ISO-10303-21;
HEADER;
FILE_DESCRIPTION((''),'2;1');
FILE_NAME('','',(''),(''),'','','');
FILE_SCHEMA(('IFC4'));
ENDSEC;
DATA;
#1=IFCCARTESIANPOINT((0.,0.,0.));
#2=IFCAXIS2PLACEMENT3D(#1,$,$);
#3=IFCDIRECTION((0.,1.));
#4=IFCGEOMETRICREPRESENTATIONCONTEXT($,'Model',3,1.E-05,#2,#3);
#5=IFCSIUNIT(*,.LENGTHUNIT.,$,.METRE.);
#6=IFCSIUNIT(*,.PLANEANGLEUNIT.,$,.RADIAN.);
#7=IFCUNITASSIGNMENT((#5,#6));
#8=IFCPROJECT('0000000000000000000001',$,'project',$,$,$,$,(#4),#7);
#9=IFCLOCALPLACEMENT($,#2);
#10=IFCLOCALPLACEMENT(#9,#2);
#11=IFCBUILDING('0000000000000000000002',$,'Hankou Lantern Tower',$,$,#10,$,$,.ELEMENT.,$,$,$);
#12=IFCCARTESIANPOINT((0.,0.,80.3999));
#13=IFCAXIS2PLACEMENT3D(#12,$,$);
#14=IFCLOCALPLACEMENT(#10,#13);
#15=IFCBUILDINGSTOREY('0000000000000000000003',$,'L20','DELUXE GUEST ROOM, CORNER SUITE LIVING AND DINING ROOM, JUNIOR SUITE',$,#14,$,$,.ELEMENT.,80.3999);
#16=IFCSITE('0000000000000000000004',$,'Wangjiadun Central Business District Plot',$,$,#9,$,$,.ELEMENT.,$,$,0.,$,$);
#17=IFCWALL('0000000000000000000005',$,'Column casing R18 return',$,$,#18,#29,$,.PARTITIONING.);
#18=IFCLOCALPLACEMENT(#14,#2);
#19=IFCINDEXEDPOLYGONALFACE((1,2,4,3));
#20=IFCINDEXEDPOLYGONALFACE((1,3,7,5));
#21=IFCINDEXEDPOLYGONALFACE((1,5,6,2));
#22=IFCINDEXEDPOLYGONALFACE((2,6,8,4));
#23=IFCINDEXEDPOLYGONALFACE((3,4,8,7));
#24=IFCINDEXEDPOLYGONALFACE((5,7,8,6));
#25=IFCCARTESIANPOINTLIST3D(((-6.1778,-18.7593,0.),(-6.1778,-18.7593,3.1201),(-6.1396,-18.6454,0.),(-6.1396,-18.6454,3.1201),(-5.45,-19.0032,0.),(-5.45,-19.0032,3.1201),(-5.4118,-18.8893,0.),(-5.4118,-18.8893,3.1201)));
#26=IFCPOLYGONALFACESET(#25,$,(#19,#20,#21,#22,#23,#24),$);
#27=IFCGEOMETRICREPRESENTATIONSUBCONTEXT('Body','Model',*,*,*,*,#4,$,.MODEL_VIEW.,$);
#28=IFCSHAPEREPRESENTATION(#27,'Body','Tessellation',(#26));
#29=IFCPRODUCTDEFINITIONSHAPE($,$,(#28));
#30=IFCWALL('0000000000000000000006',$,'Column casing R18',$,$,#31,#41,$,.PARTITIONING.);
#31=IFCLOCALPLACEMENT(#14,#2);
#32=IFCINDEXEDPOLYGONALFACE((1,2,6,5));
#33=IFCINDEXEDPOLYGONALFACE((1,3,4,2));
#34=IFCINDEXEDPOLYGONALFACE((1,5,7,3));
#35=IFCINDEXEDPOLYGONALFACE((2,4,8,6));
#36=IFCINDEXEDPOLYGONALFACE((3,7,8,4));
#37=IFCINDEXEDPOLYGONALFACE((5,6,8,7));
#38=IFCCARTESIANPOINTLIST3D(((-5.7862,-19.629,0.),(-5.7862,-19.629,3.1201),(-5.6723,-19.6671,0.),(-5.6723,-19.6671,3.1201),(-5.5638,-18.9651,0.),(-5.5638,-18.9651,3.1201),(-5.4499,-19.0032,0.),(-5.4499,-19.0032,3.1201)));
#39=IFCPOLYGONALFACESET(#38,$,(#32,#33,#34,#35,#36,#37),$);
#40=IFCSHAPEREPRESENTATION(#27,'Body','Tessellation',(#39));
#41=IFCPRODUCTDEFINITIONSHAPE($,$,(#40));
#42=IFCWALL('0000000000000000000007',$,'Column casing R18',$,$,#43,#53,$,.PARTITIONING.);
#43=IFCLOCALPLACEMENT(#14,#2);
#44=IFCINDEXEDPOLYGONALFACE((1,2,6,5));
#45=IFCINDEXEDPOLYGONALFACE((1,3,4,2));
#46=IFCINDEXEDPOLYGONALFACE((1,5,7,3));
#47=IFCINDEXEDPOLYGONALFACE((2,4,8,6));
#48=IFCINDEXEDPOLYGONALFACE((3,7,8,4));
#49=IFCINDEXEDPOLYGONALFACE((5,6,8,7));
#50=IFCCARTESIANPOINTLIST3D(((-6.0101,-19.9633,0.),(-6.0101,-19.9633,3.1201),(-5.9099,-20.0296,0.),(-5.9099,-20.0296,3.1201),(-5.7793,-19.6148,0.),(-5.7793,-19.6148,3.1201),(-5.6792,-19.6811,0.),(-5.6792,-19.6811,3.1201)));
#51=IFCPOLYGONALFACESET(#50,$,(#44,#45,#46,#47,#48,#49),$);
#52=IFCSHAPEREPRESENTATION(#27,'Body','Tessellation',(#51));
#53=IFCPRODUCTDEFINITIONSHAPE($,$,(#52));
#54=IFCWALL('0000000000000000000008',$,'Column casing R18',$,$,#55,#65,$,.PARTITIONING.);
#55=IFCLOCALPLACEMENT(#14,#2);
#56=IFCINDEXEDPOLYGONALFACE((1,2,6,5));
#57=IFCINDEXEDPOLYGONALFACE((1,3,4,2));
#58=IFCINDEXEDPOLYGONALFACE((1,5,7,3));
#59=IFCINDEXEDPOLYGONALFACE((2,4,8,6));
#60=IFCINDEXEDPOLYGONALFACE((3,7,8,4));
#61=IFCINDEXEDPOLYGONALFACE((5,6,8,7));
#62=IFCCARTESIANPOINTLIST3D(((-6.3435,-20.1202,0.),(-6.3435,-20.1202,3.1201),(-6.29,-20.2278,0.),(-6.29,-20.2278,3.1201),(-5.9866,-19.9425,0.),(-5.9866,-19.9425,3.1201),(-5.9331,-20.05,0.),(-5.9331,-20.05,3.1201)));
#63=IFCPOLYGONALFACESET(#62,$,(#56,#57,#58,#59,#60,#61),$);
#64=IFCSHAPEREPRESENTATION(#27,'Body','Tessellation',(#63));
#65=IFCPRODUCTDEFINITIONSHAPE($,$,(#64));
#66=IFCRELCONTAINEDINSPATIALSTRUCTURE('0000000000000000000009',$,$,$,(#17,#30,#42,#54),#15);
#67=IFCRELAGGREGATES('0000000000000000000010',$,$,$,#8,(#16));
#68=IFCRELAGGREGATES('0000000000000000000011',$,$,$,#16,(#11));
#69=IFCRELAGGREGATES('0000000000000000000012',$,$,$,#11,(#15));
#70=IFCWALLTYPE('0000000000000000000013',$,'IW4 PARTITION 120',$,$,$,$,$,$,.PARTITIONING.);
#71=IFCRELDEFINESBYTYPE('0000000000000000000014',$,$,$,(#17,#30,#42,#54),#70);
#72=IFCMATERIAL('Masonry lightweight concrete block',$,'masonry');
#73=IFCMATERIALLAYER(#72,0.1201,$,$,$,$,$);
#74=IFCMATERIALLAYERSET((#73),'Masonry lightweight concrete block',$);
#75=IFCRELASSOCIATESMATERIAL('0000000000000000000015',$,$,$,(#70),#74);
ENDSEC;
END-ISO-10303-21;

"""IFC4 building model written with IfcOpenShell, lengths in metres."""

from ifc_helpers import new_model, si_unit, direction, frame, frame_2d, origin, place, context, subcontext, project, spatial, rectangle, extrude, material, layer, layer_set, type_object, element, save


model = new_model("IFC4")

# Units and contexts
model_context = context("Model", 3, precision=1e-05, world=origin(), true_north=direction((0.0, 1.0)))
body_context = subcontext(model_context, "Body", "Model", "MODEL_VIEW")
ifc_project = project(units=[si_unit("LENGTHUNIT", "METRE"), si_unit("PLANEANGLEUNIT", "RADIAN")], contexts=[model_context])

# Site, building, storey
site_placement = place(None, origin())
site = spatial("IfcSite", under=ifc_project, at=site_placement, Name="Wangjiadun Central Business District Plot", CompositionType="ELEMENT", RefElevation=0.0)
building_placement = place(site_placement, origin())
building = spatial("IfcBuilding", under=site, at=building_placement, Name="Hankou Lantern Tower", CompositionType="ELEMENT")
storey_placement = place(building_placement, frame((0.0, 0.0, 80.3999)))
storey = spatial("IfcBuildingStorey", under=building, at=storey_placement, Name="L20", Description="DELUXE GUEST ROOM, CORNER SUITE LIVING AND DINING ROOM, JUNIOR SUITE", CompositionType="ELEMENT", Elevation=80.3999)

# Walls
ifc_material_1 = material(Name="Masonry lightweight concrete block", Category="masonry")
ifc_layer_1 = layer(ifc_material_1, 0.1201)
ifc_layer_set_1 = layer_set([ifc_layer_1], Name="Masonry lightweight concrete block")
wall_type_1 = type_object("IfcWallType", Name="IW4 PARTITION 120", PredefinedType="PARTITIONING", material=ifc_layer_set_1)
wall_1_placement = place(storey_placement, frame((-6.1587, -18.7024, 0.0), z_axis=(0.0, 0.0, 1.0), x_axis=(0.948173, -0.317754, 0.0)))
element("IfcWall", 1, at=wall_1_placement, inside=storey, type_object=wall_type_1, Name="Column casing R18 return", PredefinedType="PARTITIONING", context=body_context, shape_type="SweptSolid", body=[
    extrude(rectangle(XDim=0.7676, YDim=0.1201, at=frame_2d((0.3838, 0.0))), origin(), (0.0, 0.0, 1.0), 3.1201),
])
wall_2_placement = place(storey_placement, frame((-5.5068, -18.9841, 0.0), z_axis=(0.0, 0.0, 1.0), x_axis=(-0.317692, -0.948194, 0.0)))
element("IfcWall", 2, at=wall_2_placement, inside=storey, type_object=wall_type_1, Name="Column casing R18", PredefinedType="PARTITIONING", context=body_context, shape_type="SweptSolid", body=[
    extrude(rectangle(XDim=0.7002, YDim=0.1201, at=frame_2d((0.3501, 0.0))), origin(), (0.0, 0.0, 1.0), 3.1201),
])
wall_3_placement = place(storey_placement, frame((-5.7292, -19.6479, 0.0), z_axis=(0.0, 0.0, 1.0), x_axis=(-0.552136, -0.833754, 0.0)))
element("IfcWall", 3, at=wall_3_placement, inside=storey, type_object=wall_type_1, Name="Column casing R18", PredefinedType="PARTITIONING", context=body_context, shape_type="SweptSolid", body=[
    extrude(rectangle(XDim=0.418, YDim=0.1201, at=frame_2d((0.209, 0.0))), origin(), (0.0, 0.0, 1.0), 3.1201),
])
wall_4_placement = place(storey_placement, frame((-5.96, -19.9963, 0.0), z_axis=(0.0, 0.0, 1.0), x_axis=(-0.895161, -0.445744, 0.0)))
element("IfcWall", 4, at=wall_4_placement, inside=storey, type_object=wall_type_1, Name="Column casing R18", PredefinedType="PARTITIONING", context=body_context, shape_type="SweptSolid", body=[
    extrude(rectangle(XDim=0.3987, YDim=0.1201, at=frame_2d((0.1992, 0.0))), origin(), (0.0, 0.0, 1.0), 3.1201),
])

save(model, "model.ifc")
